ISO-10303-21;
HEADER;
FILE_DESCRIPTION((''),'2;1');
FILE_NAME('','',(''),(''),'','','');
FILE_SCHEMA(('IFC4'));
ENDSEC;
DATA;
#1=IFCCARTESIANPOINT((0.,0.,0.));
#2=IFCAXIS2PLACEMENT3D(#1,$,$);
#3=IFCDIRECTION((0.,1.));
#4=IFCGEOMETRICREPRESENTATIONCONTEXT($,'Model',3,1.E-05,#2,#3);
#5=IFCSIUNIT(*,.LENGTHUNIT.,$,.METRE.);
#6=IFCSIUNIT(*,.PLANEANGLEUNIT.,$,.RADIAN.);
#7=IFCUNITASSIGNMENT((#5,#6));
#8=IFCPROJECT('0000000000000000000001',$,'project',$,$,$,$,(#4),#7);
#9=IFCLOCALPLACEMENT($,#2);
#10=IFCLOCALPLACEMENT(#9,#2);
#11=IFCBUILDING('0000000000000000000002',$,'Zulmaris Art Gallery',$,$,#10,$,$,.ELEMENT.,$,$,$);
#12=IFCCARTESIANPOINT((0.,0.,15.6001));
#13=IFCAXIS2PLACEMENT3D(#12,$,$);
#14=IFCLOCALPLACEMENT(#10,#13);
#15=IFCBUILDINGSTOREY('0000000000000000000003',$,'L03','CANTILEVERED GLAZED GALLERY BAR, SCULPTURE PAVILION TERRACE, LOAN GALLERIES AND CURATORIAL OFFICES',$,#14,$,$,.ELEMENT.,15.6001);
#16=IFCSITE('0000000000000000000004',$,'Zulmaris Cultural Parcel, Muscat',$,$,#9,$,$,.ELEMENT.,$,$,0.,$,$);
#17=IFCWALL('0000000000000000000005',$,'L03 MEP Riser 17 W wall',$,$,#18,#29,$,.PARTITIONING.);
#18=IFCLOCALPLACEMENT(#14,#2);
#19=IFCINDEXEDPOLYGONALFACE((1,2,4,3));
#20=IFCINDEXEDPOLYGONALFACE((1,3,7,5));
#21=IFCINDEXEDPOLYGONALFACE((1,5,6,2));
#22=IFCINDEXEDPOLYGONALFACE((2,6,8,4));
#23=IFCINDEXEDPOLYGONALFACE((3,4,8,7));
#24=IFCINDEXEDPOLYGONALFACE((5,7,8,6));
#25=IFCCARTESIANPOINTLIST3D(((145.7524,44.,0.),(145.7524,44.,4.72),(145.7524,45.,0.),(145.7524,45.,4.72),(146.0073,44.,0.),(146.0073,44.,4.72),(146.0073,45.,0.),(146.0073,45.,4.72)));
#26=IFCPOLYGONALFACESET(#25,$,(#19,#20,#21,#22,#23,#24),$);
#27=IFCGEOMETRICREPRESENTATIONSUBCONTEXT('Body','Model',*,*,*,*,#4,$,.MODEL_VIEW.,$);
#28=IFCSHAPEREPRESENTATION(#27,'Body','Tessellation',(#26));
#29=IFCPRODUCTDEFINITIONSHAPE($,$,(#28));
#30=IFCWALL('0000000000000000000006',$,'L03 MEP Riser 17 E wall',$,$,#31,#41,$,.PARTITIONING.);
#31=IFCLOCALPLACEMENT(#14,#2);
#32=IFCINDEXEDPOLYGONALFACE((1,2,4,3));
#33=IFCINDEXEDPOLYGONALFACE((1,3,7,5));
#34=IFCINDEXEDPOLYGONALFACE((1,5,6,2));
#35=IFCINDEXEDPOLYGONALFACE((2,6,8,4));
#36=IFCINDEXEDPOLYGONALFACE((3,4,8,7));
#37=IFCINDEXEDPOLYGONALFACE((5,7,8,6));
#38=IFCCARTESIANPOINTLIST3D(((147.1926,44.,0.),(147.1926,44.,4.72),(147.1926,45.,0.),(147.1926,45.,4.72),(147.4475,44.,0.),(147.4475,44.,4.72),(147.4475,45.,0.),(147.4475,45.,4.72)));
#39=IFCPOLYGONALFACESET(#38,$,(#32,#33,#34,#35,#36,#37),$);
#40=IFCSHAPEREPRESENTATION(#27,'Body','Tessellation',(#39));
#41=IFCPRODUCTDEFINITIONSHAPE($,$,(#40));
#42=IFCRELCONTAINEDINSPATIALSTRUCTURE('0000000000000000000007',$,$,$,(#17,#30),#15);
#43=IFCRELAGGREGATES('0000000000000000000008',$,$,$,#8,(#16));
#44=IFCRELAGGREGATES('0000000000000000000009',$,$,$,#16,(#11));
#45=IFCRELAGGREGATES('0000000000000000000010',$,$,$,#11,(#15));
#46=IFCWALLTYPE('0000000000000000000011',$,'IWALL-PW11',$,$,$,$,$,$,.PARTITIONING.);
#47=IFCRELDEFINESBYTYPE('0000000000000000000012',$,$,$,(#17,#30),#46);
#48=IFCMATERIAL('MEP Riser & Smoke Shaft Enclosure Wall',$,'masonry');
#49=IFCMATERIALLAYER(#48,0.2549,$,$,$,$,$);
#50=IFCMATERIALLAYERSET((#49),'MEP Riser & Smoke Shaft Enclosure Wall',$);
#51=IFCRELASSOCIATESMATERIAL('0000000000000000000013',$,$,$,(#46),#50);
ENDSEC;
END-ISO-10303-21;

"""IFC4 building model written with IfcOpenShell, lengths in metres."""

from ifc_helpers import new_model, si_unit, direction, frame, frame_2d, origin, place, context, subcontext, project, spatial, rectangle, extrude, material, layer, layer_set, type_object, element, save


model = new_model("IFC4")

# Units and contexts
model_context = context("Model", 3, precision=1e-05, world=origin(), true_north=direction((0.0, 1.0)))
body_context = subcontext(model_context, "Body", "Model", "MODEL_VIEW")
ifc_project = project(units=[si_unit("LENGTHUNIT", "METRE"), si_unit("PLANEANGLEUNIT", "RADIAN")], contexts=[model_context])

# Site, building, storey
site_placement = place(None, origin())
site = spatial("IfcSite", under=ifc_project, at=site_placement, Name="Zulmaris Cultural Parcel, Muscat", CompositionType="ELEMENT", RefElevation=0.0)
building_placement = place(site_placement, origin())
building = spatial("IfcBuilding", under=site, at=building_placement, Name="Zulmaris Art Gallery", CompositionType="ELEMENT")
storey_placement = place(building_placement, frame((0.0, 0.0, 15.6001)))
storey = spatial("IfcBuildingStorey", under=building, at=storey_placement, Name="L03", Description="CANTILEVERED GLAZED GALLERY BAR, SCULPTURE PAVILION TERRACE, LOAN GALLERIES AND CURATORIAL OFFICES", CompositionType="ELEMENT", Elevation=15.6001)

# Walls
ifc_material_1 = material(Name="MEP Riser & Smoke Shaft Enclosure Wall", Category="masonry")
ifc_layer_1 = layer(ifc_material_1, 0.2549)
ifc_layer_set_1 = layer_set([ifc_layer_1], Name="MEP Riser & Smoke Shaft Enclosure Wall")
wall_type_1 = type_object("IfcWallType", Name="IWALL-PW11", PredefinedType="PARTITIONING", material=ifc_layer_set_1)
for number, where, z_axis, x_axis, name in (
    (1, (145.8799, 44.0, 0.0), (0.0, 0.0, 1.0), (0.0, 1.0, 0.0), "L03 MEP Riser 17 W wall"),
    (2, (147.3201, 44.0, 0.0), (0.0, 0.0, 1.0), (0.0, 1.0, 0.0), "L03 MEP Riser 17 E wall"),
):
    element("IfcWall", number, at=place(storey_placement, frame(where, z_axis=z_axis, x_axis=x_axis)), inside=storey, type_object=wall_type_1, Name=name, PredefinedType="PARTITIONING", context=body_context, shape_type="SweptSolid", body=[
        extrude(rectangle(XDim=1.0, YDim=0.2549, at=frame_2d((0.5, 0.0))), origin(), (0.0, 0.0, 1.0), 4.72),
    ])

save(model, "model.ifc")
